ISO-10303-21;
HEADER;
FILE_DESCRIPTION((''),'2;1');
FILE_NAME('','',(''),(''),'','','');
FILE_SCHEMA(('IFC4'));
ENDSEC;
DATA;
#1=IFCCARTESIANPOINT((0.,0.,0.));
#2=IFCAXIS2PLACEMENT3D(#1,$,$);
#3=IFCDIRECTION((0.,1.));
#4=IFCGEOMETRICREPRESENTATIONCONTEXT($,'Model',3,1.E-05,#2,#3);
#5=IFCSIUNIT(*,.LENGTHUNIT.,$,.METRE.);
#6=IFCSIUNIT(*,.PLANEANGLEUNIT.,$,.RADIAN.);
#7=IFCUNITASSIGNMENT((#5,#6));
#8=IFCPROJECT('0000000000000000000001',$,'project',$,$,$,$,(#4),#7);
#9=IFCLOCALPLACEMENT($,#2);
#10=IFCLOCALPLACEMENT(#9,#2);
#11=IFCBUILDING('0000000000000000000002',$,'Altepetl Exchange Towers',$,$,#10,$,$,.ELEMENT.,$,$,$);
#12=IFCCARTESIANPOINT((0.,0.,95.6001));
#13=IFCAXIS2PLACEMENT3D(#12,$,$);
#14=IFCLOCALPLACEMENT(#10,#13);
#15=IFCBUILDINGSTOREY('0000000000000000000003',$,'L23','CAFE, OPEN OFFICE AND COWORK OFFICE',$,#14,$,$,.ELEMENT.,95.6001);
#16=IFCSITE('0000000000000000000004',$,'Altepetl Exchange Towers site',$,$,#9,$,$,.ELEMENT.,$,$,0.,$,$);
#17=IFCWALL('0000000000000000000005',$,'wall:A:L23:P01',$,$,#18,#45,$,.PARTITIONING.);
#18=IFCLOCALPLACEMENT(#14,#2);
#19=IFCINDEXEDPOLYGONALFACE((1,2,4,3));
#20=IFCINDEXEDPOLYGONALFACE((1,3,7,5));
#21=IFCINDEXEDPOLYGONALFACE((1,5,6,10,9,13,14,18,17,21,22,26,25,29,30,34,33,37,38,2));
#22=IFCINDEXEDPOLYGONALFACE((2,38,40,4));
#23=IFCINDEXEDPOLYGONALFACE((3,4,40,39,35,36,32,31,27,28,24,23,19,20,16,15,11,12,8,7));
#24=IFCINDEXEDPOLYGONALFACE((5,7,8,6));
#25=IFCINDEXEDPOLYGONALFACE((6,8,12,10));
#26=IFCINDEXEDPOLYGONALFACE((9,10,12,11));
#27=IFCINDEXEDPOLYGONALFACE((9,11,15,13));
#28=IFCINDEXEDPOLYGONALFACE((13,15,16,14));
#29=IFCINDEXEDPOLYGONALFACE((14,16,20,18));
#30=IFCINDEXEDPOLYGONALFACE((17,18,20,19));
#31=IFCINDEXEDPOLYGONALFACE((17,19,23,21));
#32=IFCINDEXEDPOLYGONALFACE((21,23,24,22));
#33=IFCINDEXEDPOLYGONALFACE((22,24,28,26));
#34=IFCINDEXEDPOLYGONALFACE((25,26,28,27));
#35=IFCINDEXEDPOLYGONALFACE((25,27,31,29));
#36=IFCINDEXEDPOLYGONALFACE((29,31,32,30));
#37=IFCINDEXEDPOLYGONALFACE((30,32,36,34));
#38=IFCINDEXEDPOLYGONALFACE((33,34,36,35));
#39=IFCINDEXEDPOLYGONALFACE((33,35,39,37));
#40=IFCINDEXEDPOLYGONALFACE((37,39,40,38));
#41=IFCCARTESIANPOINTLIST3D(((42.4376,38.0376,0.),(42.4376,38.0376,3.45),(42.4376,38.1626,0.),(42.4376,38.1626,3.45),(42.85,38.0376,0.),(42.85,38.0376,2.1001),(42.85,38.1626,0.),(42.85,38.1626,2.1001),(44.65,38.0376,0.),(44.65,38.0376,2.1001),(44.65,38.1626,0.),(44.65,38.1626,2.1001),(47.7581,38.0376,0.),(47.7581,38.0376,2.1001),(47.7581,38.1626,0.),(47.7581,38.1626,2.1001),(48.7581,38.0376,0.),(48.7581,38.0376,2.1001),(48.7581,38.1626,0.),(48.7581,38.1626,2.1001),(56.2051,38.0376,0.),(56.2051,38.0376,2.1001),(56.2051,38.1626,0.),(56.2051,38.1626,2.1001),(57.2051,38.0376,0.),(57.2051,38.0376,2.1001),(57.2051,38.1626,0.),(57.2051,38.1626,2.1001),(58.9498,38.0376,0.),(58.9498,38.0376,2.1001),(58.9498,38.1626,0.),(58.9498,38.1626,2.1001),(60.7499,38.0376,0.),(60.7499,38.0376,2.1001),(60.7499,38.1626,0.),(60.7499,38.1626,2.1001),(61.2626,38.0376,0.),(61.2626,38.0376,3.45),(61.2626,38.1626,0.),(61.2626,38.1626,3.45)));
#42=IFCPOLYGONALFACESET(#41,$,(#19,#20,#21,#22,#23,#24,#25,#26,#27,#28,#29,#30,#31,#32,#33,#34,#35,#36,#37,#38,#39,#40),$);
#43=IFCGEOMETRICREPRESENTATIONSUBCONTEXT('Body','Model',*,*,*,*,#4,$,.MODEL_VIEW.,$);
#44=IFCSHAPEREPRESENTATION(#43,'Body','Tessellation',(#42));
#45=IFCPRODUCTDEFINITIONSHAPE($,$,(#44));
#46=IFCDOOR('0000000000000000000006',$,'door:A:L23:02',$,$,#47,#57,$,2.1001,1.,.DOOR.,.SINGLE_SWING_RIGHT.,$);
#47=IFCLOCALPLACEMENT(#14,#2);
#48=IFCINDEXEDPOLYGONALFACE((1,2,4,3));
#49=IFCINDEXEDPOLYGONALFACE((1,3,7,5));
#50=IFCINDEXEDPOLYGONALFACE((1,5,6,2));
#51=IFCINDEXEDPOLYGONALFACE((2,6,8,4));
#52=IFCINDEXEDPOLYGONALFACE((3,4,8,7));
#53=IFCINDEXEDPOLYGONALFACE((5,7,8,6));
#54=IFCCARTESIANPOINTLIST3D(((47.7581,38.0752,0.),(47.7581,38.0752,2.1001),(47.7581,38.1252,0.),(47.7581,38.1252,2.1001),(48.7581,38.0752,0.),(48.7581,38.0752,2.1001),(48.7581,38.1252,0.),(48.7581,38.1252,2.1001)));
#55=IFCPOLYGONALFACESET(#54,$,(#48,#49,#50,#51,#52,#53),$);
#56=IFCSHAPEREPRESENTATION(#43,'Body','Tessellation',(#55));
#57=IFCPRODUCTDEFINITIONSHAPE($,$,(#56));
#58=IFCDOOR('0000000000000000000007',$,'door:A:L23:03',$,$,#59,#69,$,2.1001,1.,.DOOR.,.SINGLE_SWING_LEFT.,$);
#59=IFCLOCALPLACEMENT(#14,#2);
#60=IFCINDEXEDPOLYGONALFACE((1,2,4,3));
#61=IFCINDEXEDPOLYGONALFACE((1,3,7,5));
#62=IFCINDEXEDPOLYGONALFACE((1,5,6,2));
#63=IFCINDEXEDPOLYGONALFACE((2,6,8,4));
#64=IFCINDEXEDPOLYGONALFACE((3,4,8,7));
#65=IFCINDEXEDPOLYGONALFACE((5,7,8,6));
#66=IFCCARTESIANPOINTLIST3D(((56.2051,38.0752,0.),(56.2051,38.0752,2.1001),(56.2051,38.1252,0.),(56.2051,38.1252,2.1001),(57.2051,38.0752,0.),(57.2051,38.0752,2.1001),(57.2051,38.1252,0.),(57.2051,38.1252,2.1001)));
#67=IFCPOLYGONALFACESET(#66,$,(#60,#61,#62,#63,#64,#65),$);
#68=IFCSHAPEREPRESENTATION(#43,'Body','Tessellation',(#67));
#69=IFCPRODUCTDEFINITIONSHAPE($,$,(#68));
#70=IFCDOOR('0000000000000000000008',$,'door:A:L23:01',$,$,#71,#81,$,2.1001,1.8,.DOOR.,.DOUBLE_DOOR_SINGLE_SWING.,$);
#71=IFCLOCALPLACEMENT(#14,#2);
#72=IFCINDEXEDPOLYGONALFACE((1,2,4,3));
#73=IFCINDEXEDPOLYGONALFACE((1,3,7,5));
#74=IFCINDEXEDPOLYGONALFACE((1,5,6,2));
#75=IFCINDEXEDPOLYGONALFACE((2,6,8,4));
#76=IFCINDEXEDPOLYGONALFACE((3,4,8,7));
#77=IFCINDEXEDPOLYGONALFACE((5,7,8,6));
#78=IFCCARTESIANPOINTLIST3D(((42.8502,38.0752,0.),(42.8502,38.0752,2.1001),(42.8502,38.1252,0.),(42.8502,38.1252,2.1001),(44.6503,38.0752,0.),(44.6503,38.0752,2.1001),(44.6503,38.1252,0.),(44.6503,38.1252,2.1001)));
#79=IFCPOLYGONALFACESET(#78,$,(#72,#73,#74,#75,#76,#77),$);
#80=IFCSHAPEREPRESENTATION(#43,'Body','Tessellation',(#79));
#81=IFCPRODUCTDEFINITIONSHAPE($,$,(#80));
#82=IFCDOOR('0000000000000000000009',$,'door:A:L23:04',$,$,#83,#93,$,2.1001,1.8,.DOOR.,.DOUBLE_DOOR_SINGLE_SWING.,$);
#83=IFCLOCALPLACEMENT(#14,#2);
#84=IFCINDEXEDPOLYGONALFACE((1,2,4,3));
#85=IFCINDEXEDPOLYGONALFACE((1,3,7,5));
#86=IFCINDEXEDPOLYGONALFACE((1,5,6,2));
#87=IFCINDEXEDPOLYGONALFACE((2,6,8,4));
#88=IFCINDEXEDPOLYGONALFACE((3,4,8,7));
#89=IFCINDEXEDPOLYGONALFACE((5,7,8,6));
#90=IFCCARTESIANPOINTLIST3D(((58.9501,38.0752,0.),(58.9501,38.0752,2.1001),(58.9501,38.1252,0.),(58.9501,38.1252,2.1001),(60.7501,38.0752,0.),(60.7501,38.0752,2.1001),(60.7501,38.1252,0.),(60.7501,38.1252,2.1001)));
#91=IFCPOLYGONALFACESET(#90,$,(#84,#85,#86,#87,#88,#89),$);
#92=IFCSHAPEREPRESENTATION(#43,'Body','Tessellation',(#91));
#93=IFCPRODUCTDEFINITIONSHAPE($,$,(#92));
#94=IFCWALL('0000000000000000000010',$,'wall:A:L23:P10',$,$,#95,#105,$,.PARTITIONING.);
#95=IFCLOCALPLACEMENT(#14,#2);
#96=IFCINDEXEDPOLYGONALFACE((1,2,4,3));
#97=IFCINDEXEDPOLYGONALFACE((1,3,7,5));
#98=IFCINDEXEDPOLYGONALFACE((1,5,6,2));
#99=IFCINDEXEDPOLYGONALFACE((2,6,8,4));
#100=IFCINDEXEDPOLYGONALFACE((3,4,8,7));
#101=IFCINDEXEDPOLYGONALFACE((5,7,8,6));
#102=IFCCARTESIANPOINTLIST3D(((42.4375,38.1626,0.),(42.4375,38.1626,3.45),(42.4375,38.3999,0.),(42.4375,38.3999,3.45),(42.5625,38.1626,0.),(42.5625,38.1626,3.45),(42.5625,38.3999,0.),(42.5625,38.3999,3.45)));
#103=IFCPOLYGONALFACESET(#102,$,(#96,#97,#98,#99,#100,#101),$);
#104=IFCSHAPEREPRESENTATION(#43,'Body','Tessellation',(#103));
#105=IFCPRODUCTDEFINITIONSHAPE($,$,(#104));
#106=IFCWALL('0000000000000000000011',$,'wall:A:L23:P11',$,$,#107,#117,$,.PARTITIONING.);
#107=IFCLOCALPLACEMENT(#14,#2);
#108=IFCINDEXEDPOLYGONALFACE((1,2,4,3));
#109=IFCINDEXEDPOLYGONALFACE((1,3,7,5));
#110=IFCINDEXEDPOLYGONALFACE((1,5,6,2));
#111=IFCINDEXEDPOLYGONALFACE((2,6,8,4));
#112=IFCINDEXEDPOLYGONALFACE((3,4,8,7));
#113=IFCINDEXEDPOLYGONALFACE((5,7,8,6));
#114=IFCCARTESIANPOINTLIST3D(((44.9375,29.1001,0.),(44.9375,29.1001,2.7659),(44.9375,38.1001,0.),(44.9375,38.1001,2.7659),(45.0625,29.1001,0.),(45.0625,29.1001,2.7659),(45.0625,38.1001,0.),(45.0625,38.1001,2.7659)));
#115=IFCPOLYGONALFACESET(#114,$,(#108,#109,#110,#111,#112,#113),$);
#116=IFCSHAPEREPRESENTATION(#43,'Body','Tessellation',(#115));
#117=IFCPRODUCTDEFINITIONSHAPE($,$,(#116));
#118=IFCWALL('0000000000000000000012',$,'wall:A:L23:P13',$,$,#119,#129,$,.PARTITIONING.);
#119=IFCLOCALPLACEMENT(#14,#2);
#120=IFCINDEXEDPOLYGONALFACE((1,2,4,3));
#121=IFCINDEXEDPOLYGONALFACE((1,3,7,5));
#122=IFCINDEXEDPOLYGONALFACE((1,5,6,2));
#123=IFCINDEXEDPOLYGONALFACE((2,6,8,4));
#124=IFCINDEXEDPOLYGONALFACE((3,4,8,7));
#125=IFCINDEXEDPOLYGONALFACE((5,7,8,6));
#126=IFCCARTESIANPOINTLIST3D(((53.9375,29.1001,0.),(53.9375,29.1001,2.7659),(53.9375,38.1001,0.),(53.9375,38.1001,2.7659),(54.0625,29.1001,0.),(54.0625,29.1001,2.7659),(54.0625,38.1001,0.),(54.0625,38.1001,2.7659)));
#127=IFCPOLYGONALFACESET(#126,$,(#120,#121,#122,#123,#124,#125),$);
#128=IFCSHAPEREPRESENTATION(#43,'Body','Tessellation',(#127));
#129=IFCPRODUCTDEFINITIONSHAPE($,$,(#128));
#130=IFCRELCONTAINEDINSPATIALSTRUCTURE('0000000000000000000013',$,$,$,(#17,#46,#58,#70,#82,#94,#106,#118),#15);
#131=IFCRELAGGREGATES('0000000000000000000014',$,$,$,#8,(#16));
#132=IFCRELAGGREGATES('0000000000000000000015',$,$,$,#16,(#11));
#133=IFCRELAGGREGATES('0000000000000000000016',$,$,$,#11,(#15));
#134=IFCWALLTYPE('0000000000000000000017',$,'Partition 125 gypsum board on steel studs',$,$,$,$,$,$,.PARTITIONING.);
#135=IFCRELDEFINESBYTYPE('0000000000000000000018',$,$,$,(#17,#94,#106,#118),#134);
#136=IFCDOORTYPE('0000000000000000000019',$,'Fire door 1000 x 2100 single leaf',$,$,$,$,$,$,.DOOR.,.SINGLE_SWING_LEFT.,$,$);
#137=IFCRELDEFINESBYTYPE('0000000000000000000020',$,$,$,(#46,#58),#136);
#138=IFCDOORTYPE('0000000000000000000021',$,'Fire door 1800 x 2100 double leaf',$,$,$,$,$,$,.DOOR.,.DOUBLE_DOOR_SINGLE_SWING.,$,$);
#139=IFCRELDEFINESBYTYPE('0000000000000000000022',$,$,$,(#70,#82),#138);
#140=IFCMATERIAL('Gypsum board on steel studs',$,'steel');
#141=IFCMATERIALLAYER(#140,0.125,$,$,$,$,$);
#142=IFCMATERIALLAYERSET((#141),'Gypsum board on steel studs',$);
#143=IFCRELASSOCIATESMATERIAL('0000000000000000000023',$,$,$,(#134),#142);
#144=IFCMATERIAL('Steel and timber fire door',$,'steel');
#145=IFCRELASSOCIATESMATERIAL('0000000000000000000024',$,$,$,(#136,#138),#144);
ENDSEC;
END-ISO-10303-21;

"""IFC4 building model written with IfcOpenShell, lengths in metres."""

from ifc_helpers import new_model, si_unit, direction, frame, frame_2d, origin, place, context, subcontext, project, spatial, rectangle, extrude, material, layer, layer_set, type_object, element, fill, save


model = new_model("IFC4")

# Units and contexts
model_context = context("Model", 3, precision=1e-05, world=origin(), true_north=direction((0.0, 1.0)))
body_context = subcontext(model_context, "Body", "Model", "MODEL_VIEW")
ifc_project = project(units=[si_unit("LENGTHUNIT", "METRE"), si_unit("PLANEANGLEUNIT", "RADIAN")], contexts=[model_context])

# Site, building, storey
site_placement = place(None, origin())
site = spatial("IfcSite", under=ifc_project, at=site_placement, Name="Altepetl Exchange Towers site", CompositionType="ELEMENT", RefElevation=0.0)
building_placement = place(site_placement, origin())
building = spatial("IfcBuilding", under=site, at=building_placement, Name="Altepetl Exchange Towers", CompositionType="ELEMENT")
storey_placement = place(building_placement, frame((0.0, 0.0, 95.6001)))
storey = spatial("IfcBuildingStorey", under=building, at=storey_placement, Name="L23", Description="CAFE, OPEN OFFICE AND COWORK OFFICE", CompositionType="ELEMENT", Elevation=95.6001)

# Wall, openings, doors
ifc_material_1 = material(Name="Gypsum board on steel studs", Category="steel")
ifc_layer_1 = layer(ifc_material_1, 0.125)
ifc_layer_set_1 = layer_set([ifc_layer_1], Name="Gypsum board on steel studs")
wall_type_1 = type_object("IfcWallType", Name="Partition 125 gypsum board on steel studs", PredefinedType="PARTITIONING", material=ifc_layer_set_1)
wall_1_placement = place(storey_placement, frame((42.4375, 38.1001, 0.0)))
wall_1 = element("IfcWall", 1, at=wall_1_placement, inside=storey, type_object=wall_type_1, Name="wall:A:L23:P01", PredefinedType="PARTITIONING", context=body_context, shape_type="SweptSolid", body=[
    extrude(rectangle(XDim=18.825, YDim=0.125, at=frame_2d((9.4126, 0.0))), origin(), (0.0, 0.0, 1.0), 3.45),
])
opening_1_placement = place(wall_1_placement, frame((0.4126, 0.0, 0.0)))
opening_1 = element("IfcOpeningElement", 2, at=opening_1_placement, cuts=wall_1, PredefinedType="OPENING", context=body_context, shape_type="SweptSolid", body=[
    extrude(rectangle(XDim=1.8, YDim=2.1001, at=frame_2d((0.8999, 1.05))), frame((0.0, 0.0725, 0.0), z_axis=(0.0, -1.0, 0.0), x_axis=(1.0, 0.0, 0.0)), (0.0, 0.0, 1.0), 0.145),
])
opening_2_placement = place(wall_1_placement, frame((5.3206, 0.0, 0.0)))
opening_2 = element("IfcOpeningElement", 3, at=opening_2_placement, cuts=wall_1, PredefinedType="OPENING", context=body_context, shape_type="SweptSolid", body=[
    extrude(rectangle(XDim=1.0, YDim=2.1001, at=frame_2d((0.5, 1.05))), frame((0.0, 0.0725, 0.0), z_axis=(0.0, -1.0, 0.0), x_axis=(1.0, 0.0, 0.0)), (0.0, 0.0, 1.0), 0.145),
])
opening_3_placement = place(wall_1_placement, frame((13.7676, 0.0, 0.0)))
opening_3 = element("IfcOpeningElement", 4, at=opening_3_placement, cuts=wall_1, PredefinedType="OPENING", context=body_context, shape_type="SweptSolid", body=[
    extrude(rectangle(XDim=1.0, YDim=2.1001, at=frame_2d((0.5, 1.05))), frame((0.0, 0.0725, 0.0), z_axis=(0.0, -1.0, 0.0), x_axis=(1.0, 0.0, 0.0)), (0.0, 0.0, 1.0), 0.145),
])
opening_4_placement = place(wall_1_placement, frame((16.5125, 0.0, 0.0)))
opening_4 = element("IfcOpeningElement", 5, at=opening_4_placement, cuts=wall_1, PredefinedType="OPENING", context=body_context, shape_type="SweptSolid", body=[
    extrude(rectangle(XDim=1.8, YDim=2.1001, at=frame_2d((0.8999, 1.05))), frame((0.0, 0.0725, 0.0), z_axis=(0.0, -1.0, 0.0), x_axis=(1.0, 0.0, 0.0)), (0.0, 0.0, 1.0), 0.145),
])
ifc_material_2 = material(Name="Steel and timber fire door", Category="steel")
door_type_1 = type_object("IfcDoorType", Name="Fire door 1000 x 2100 single leaf", OperationType="SINGLE_SWING_LEFT", PredefinedType="DOOR", material=ifc_material_2)
door_1_placement = place(opening_2_placement, frame((1.0, 0.0, 0.0), x_axis=(-1.0, 0.0, 0.0)))
door_1 = element("IfcDoor", 6, at=door_1_placement, inside=storey, type_object=door_type_1, Name="door:A:L23:02", OperationType="SINGLE_SWING_RIGHT", OverallHeight=2.1001, OverallWidth=1.0, PredefinedType="DOOR", context=body_context, shape_type="SweptSolid", body=[
    extrude(rectangle(XDim=1.0, YDim=2.1001, at=frame_2d((0.5, 1.05))), frame((0.0, 0.0249, 0.0), z_axis=(0.0, -1.0, 0.0), x_axis=(1.0, 0.0, 0.0)), (0.0, 0.0, 1.0), 0.05),
])
fill(opening_2, door_1)
door_2_placement = place(opening_3_placement, frame((1.0, 0.0, 0.0), x_axis=(-1.0, 0.0, 0.0)))
door_2 = element("IfcDoor", 7, at=door_2_placement, inside=storey, type_object=door_type_1, Name="door:A:L23:03", OperationType="SINGLE_SWING_LEFT", OverallHeight=2.1001, OverallWidth=1.0, PredefinedType="DOOR", context=body_context, shape_type="SweptSolid", body=[
    extrude(rectangle(XDim=1.0, YDim=2.1001, at=frame_2d((0.5, 1.05))), frame((0.0, 0.0249, 0.0), z_axis=(0.0, -1.0, 0.0), x_axis=(1.0, 0.0, 0.0)), (0.0, 0.0, 1.0), 0.05),
])
fill(opening_3, door_2)
door_type_2 = type_object("IfcDoorType", Name="Fire door 1800 x 2100 double leaf", OperationType="DOUBLE_DOOR_SINGLE_SWING", PredefinedType="DOOR", material=ifc_material_2)
door_3_placement = place(opening_1_placement, frame((1.8, 0.0, 0.0), x_axis=(-1.0, 0.0, 0.0)))
door_3 = element("IfcDoor", 8, at=door_3_placement, inside=storey, type_object=door_type_2, Name="door:A:L23:01", OperationType="DOUBLE_DOOR_SINGLE_SWING", OverallHeight=2.1001, OverallWidth=1.8, PredefinedType="DOOR", context=body_context, shape_type="SweptSolid", body=[
    extrude(rectangle(XDim=1.8, YDim=2.1001, at=frame_2d((0.8999, 1.05))), frame((0.0, 0.0249, 0.0), z_axis=(0.0, -1.0, 0.0), x_axis=(1.0, 0.0, 0.0)), (0.0, 0.0, 1.0), 0.05),
])
fill(opening_1, door_3)
door_4_placement = place(opening_4_placement, frame((1.8, 0.0, 0.0), x_axis=(-1.0, 0.0, 0.0)))
door_4 = element("IfcDoor", 9, at=door_4_placement, inside=storey, type_object=door_type_2, Name="door:A:L23:04", OperationType="DOUBLE_DOOR_SINGLE_SWING", OverallHeight=2.1001, OverallWidth=1.8, PredefinedType="DOOR", context=body_context, shape_type="SweptSolid", body=[
    extrude(rectangle(XDim=1.8, YDim=2.1001, at=frame_2d((0.8999, 1.05))), frame((0.0, 0.0249, 0.0), z_axis=(0.0, -1.0, 0.0), x_axis=(1.0, 0.0, 0.0)), (0.0, 0.0, 1.0), 0.05),
])
fill(opening_4, door_4)

# Walls
wall_2_placement = place(storey_placement, frame((42.5, 38.1626, 0.0), z_axis=(0.0, 0.0, 1.0), x_axis=(0.0, 1.0, 0.0)))
element("IfcWall", 10, at=wall_2_placement, inside=storey, type_object=wall_type_1, Name="wall:A:L23:P10", PredefinedType="PARTITIONING", context=body_context, shape_type="SweptSolid", body=[
    extrude(rectangle(XDim=0.2373, YDim=0.125, at=frame_2d((0.1187, 0.0))), origin(), (0.0, 0.0, 1.0), 3.45),
])
for number, where, z_axis, x_axis, name in (
    (11, (45.0, 29.1001, 0.0), (0.0, 0.0, 1.0), (0.0, 1.0, 0.0), "wall:A:L23:P11"),
    (12, (54.0, 29.1001, 0.0), (0.0, 0.0, 1.0), (0.0, 1.0, 0.0), "wall:A:L23:P13"),
):
    element("IfcWall", number, at=place(storey_placement, frame(where, z_axis=z_axis, x_axis=x_axis)), inside=storey, type_object=wall_type_1, Name=name, PredefinedType="PARTITIONING", context=body_context, shape_type="SweptSolid", body=[
        extrude(rectangle(XDim=9.0, YDim=0.125, at=frame_2d((4.5, 0.0))), origin(), (0.0, 0.0, 1.0), 2.7659),
    ])

save(model, "model.ifc")
